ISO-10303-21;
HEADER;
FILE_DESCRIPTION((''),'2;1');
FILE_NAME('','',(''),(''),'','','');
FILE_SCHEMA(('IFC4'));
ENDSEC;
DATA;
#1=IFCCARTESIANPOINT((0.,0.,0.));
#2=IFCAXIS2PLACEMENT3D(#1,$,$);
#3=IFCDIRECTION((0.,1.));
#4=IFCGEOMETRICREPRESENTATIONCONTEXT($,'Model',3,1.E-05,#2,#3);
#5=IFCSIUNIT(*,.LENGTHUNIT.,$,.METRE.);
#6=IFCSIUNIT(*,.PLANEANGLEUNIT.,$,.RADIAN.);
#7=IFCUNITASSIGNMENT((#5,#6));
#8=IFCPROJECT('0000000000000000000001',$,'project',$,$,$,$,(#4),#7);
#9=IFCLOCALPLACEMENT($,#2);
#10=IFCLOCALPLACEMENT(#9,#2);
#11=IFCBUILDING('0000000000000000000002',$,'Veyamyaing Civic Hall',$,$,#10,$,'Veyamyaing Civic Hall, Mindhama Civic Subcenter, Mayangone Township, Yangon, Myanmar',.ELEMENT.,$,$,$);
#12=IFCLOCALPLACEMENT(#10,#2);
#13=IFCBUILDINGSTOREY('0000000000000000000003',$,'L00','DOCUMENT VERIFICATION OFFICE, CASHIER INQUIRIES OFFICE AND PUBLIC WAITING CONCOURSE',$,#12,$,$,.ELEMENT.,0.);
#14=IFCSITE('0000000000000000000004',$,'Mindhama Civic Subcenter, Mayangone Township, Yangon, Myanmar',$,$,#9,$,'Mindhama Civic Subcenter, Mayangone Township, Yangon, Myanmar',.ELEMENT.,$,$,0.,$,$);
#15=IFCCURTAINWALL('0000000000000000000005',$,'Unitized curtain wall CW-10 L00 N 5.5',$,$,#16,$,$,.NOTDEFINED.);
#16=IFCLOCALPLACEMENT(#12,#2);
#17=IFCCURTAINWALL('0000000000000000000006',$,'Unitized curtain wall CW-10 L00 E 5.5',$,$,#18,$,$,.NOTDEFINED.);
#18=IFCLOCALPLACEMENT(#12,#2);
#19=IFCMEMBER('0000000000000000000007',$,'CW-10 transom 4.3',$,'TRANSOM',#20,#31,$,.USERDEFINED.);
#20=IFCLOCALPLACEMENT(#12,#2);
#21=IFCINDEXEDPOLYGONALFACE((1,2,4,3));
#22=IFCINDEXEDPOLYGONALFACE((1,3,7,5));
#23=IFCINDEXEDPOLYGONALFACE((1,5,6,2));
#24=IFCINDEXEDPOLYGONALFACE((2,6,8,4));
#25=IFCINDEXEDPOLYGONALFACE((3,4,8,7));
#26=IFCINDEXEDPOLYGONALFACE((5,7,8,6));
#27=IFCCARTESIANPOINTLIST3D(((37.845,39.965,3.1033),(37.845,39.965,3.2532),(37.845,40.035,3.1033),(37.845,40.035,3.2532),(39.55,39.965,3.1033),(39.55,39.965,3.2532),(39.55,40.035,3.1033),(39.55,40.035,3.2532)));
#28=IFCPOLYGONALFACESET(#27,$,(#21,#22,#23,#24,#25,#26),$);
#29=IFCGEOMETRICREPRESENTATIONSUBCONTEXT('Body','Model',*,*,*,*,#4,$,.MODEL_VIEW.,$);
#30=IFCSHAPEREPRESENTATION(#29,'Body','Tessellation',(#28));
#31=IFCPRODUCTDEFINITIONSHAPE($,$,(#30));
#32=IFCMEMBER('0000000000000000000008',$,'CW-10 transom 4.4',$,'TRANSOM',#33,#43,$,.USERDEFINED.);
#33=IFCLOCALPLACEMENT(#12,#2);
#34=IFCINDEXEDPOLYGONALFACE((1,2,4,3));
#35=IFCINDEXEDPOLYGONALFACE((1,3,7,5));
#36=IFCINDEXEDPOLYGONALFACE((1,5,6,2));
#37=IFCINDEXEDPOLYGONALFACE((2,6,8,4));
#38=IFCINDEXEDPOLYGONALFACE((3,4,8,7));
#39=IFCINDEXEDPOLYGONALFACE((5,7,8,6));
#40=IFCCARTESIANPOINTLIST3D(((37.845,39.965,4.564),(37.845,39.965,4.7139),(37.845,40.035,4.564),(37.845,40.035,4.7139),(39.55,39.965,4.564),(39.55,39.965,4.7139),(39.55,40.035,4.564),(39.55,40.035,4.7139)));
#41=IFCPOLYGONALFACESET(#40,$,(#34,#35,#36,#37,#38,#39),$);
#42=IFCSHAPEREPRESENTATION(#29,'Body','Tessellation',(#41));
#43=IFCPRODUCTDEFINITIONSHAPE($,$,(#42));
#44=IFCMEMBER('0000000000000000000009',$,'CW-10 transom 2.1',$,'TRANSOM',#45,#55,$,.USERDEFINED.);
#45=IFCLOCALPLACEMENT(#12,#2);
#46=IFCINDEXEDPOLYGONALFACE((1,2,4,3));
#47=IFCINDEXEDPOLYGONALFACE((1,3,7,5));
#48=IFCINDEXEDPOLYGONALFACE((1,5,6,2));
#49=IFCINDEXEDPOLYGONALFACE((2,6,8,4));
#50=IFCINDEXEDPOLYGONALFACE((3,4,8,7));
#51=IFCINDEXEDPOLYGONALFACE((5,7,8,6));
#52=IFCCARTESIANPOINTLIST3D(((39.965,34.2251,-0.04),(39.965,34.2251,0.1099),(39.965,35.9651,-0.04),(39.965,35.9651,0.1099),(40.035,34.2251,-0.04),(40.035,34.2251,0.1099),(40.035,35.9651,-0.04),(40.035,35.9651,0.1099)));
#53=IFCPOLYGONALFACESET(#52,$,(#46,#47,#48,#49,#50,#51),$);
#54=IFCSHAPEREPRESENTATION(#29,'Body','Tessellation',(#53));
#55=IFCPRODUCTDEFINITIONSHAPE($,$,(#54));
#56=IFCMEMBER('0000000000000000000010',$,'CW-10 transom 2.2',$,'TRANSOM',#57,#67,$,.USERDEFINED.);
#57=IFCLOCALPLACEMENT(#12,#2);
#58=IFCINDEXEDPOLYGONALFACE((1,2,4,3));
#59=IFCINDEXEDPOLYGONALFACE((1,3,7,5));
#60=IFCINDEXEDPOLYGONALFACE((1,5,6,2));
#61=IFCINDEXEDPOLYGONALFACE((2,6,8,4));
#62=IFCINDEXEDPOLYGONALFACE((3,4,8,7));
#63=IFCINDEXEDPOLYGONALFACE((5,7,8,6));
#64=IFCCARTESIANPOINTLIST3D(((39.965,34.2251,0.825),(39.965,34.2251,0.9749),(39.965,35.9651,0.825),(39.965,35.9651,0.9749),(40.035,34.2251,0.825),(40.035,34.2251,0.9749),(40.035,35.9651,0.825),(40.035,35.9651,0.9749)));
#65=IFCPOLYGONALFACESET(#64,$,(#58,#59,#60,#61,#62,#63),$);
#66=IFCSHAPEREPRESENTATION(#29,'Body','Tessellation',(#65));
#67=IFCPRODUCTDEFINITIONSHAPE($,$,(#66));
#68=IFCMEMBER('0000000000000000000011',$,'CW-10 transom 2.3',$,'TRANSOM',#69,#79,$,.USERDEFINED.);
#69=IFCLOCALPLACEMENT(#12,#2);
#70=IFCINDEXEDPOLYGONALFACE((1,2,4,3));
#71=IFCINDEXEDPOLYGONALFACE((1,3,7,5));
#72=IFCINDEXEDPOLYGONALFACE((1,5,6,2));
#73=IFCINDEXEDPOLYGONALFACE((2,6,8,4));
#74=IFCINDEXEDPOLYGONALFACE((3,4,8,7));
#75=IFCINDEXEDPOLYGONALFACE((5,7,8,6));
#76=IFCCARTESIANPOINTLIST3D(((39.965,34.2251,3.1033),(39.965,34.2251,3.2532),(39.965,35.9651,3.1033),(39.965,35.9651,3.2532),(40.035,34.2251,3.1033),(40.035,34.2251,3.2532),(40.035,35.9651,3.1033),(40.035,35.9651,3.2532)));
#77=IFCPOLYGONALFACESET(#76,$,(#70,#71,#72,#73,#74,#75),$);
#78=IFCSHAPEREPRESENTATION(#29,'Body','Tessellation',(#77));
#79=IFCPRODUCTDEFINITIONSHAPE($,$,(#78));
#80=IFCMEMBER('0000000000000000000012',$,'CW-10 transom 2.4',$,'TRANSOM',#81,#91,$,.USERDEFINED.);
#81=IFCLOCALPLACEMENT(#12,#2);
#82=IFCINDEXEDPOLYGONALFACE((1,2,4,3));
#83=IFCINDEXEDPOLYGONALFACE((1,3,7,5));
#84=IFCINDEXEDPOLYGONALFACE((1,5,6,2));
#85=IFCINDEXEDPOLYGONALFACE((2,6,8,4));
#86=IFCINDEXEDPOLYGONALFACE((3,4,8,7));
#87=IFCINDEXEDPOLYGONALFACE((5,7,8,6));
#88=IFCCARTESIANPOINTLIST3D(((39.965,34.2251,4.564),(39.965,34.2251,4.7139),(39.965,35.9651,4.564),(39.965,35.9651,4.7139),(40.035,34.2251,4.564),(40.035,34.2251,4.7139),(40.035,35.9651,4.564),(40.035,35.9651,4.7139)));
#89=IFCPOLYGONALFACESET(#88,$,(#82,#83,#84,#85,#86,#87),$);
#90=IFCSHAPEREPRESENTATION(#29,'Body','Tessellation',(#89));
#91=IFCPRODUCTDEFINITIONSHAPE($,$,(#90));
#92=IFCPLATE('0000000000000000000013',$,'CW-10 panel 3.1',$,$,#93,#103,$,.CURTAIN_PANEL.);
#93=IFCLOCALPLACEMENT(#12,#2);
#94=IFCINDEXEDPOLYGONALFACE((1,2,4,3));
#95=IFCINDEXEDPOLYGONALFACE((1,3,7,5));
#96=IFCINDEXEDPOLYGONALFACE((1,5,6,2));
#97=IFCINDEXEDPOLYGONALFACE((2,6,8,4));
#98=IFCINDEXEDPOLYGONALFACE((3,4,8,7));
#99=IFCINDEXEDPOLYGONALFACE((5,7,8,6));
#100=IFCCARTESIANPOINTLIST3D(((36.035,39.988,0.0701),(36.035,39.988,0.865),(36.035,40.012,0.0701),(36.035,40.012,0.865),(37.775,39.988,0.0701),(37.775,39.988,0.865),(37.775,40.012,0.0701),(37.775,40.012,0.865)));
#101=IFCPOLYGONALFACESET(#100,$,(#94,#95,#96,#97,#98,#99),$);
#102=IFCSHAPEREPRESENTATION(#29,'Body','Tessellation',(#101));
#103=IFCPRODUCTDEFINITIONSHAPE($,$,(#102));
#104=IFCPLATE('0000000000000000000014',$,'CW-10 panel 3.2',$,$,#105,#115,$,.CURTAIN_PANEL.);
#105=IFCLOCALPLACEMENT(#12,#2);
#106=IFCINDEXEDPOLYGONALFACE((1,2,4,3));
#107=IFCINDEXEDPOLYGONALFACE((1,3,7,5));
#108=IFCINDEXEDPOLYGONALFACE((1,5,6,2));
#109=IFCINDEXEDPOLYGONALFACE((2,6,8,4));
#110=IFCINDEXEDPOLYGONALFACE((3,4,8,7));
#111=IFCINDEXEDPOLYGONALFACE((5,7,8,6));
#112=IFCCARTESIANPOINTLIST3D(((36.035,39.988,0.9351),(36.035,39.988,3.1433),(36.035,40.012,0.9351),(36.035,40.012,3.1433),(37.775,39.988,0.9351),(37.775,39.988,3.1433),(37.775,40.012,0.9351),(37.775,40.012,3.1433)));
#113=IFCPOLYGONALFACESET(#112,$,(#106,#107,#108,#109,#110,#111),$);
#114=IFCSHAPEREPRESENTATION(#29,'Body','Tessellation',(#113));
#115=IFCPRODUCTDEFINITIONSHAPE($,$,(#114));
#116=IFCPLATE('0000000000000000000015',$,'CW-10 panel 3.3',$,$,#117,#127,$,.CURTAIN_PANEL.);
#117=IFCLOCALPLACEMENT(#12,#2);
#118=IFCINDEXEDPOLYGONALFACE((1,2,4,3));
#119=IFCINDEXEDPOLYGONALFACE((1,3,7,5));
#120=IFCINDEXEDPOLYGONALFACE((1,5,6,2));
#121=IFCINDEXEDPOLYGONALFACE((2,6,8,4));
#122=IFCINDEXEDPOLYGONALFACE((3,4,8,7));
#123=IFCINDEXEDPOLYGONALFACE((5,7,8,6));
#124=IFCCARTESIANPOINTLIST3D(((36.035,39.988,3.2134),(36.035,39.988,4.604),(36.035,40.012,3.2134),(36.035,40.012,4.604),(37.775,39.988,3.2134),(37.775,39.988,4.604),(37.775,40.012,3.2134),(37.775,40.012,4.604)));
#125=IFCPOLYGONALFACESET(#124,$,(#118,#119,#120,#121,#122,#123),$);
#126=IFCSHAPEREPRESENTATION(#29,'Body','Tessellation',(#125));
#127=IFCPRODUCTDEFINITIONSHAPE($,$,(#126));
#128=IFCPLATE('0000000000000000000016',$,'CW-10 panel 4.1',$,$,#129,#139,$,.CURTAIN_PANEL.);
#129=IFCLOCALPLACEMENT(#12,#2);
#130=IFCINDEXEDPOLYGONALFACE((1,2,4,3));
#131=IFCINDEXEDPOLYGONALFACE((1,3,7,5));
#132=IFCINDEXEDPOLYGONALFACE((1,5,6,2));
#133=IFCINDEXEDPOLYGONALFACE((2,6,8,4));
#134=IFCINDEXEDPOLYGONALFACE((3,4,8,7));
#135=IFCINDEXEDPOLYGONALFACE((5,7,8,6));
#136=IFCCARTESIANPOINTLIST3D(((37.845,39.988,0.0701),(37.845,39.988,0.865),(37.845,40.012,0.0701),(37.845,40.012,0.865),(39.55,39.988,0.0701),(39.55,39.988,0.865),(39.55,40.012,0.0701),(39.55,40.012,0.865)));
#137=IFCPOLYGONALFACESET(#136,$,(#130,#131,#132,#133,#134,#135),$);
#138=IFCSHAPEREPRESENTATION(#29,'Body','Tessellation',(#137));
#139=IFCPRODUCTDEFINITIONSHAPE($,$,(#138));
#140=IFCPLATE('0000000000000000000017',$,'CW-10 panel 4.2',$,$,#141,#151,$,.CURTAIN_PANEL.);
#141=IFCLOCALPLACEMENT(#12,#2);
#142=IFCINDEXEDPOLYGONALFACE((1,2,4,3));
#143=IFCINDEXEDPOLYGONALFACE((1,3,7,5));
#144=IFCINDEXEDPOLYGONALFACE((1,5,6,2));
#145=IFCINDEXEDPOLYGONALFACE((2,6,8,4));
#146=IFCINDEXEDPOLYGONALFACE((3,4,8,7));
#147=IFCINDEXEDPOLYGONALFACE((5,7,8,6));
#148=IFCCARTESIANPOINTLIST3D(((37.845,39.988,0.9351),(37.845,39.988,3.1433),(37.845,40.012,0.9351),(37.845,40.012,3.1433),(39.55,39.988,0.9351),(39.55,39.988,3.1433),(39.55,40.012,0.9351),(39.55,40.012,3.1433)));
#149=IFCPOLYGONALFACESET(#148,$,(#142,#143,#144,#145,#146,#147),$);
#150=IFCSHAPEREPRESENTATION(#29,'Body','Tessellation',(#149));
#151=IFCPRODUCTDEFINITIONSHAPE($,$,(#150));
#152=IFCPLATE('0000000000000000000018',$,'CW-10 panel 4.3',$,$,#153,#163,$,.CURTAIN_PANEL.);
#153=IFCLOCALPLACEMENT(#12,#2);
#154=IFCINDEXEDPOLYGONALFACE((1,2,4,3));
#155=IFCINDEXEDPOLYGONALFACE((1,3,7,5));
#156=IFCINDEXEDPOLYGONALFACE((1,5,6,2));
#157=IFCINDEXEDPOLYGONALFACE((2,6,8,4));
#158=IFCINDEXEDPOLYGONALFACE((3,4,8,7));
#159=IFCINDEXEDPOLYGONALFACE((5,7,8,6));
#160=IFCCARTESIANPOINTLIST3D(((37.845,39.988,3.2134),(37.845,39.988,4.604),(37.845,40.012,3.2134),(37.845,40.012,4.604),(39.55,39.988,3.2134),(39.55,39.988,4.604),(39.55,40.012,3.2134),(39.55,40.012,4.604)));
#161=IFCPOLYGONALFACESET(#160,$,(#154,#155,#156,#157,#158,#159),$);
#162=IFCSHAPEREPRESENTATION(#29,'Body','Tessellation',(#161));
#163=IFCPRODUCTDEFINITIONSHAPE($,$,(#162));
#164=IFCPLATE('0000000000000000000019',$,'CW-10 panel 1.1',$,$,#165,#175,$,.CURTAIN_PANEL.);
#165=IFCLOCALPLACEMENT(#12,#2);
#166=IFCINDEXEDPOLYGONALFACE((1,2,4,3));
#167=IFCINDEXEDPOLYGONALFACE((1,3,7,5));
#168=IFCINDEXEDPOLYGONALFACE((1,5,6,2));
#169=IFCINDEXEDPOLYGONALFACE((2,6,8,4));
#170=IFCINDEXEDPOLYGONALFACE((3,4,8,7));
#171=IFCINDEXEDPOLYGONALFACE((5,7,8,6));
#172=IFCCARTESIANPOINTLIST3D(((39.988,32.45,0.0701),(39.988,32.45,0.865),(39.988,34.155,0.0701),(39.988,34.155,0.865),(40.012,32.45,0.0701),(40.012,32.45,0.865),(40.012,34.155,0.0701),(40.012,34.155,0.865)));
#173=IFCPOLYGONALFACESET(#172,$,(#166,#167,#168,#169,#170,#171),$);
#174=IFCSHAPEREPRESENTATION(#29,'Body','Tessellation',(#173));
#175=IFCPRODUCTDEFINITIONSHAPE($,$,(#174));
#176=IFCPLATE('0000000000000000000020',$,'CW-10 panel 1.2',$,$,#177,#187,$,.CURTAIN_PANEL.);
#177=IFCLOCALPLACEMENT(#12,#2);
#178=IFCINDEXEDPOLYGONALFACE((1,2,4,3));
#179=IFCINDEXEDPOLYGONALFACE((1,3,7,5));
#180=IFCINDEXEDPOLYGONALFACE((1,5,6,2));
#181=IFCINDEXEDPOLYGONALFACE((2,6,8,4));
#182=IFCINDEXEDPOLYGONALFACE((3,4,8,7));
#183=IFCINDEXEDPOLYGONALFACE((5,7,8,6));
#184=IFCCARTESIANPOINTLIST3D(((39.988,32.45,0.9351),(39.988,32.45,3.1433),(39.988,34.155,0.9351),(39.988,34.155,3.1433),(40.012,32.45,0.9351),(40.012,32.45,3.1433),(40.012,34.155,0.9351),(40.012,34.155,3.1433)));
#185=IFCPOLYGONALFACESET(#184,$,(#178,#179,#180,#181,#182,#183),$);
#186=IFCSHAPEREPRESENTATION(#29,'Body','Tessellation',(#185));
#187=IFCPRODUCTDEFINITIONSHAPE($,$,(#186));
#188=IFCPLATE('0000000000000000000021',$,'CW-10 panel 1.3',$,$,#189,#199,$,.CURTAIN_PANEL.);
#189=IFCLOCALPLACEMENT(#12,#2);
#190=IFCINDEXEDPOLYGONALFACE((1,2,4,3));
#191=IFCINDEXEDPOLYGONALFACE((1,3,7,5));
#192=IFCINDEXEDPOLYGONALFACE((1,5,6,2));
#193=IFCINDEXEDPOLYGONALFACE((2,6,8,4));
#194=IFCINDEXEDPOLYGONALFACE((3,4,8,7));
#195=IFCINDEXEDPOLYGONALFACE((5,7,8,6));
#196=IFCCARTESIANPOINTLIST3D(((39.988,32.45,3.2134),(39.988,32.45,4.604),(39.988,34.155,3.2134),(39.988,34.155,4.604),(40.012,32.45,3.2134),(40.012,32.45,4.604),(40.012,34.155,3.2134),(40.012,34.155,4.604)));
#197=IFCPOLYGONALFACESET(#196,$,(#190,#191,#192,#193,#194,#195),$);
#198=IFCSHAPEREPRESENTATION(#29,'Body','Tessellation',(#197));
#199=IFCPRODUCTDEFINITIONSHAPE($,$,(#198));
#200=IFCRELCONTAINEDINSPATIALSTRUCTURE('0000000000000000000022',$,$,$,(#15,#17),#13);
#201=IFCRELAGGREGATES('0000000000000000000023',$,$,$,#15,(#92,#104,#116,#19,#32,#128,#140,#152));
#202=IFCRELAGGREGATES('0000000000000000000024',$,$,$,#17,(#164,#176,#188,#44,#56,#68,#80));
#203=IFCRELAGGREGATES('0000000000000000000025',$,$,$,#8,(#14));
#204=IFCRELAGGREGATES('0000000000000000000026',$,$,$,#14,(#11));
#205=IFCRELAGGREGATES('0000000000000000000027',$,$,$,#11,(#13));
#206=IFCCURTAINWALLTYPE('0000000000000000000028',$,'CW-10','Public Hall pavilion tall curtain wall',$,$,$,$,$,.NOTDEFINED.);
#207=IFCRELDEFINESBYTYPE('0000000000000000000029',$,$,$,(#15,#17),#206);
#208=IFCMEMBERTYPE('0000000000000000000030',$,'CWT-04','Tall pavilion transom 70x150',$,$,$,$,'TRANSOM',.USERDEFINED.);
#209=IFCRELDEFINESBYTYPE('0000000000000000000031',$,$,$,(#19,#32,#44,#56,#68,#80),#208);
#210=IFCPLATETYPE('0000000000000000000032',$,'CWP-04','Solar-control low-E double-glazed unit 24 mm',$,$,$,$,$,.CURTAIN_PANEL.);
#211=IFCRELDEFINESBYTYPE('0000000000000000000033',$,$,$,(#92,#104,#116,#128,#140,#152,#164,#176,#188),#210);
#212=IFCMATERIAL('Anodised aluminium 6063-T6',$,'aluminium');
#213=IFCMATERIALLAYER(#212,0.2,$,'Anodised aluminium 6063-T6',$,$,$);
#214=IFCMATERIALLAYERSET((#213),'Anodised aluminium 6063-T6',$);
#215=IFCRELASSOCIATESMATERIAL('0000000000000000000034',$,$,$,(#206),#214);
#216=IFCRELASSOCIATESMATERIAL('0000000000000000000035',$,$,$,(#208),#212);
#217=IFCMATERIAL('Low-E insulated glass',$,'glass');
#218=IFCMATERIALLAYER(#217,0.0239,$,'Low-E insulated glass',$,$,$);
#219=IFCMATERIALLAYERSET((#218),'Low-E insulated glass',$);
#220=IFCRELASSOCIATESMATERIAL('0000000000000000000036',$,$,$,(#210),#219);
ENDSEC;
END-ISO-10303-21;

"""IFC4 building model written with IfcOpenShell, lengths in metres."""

from ifc_helpers import new_model, si_unit, direction, frame, origin, origin_2d, place, context, subcontext, project, spatial, rectangle, extrude, material, layer, layer_set, material_profile, profile_set, type_object, element, aggregate, save


model = new_model("IFC4")

# Units and contexts
model_context = context("Model", 3, precision=1e-05, world=origin(), true_north=direction((0.0, 1.0)))
body_context = subcontext(model_context, "Body", "Model", "MODEL_VIEW")
ifc_project = project(units=[si_unit("LENGTHUNIT", "METRE"), si_unit("PLANEANGLEUNIT", "RADIAN")], contexts=[model_context])

# Site, building, storey
site_placement = place(None, origin())
site = spatial("IfcSite", under=ifc_project, at=site_placement, Name="Mindhama Civic Subcenter, Mayangone Township, Yangon, Myanmar", LongName="Mindhama Civic Subcenter, Mayangone Township, Yangon, Myanmar", CompositionType="ELEMENT", RefElevation=0.0)
building_placement = place(site_placement, origin())
building = spatial("IfcBuilding", under=site, at=building_placement, Name="Veyamyaing Civic Hall", LongName="Veyamyaing Civic Hall, Mindhama Civic Subcenter, Mayangone Township, Yangon, Myanmar", CompositionType="ELEMENT")
storey_placement = place(building_placement, origin())
storey = spatial("IfcBuildingStorey", under=building, at=storey_placement, Name="L00", Description="DOCUMENT VERIFICATION OFFICE, CASHIER INQUIRIES OFFICE AND PUBLIC WAITING CONCOURSE", CompositionType="ELEMENT", Elevation=0.0)

# Shared definitions
ifc_material_1 = material(Name="Anodised aluminium 6063-T6", Category="aluminium")

# Curtain wall
ifc_layer_1 = layer(ifc_material_1, 0.2, Name="Anodised aluminium 6063-T6")
ifc_layer_set_1 = layer_set([ifc_layer_1], Name="Anodised aluminium 6063-T6")
curtain_wall_type_1 = type_object("IfcCurtainWallType", Name="CW-10", Description="Public Hall pavilion tall curtain wall", PredefinedType="NOTDEFINED", material=ifc_layer_set_1)
curtain_wall_1_placement = place(storey_placement, origin())
curtain_wall_1 = element("IfcCurtainWall", 1, at=curtain_wall_1_placement, inside=storey, type_object=curtain_wall_type_1, Name="Unitized curtain wall CW-10 L00 N 5.5", PredefinedType="NOTDEFINED")

# Curtain wall
curtain_wall_2_placement = place(storey_placement, origin())
curtain_wall_2 = element("IfcCurtainWall", 2, at=curtain_wall_2_placement, inside=storey, type_object=curtain_wall_type_1, Name="Unitized curtain wall CW-10 L00 E 5.5", PredefinedType="NOTDEFINED")

# Members
ifc_material_profile_1 = material_profile(ifc_material_1, rectangle(XDim=0.0701, YDim=0.1499, at=origin_2d()), Name="ALU-TRN-70X150")
ifc_profile_set_1 = profile_set([ifc_material_profile_1], Name="Anodised aluminium 6063-T6")
member_type_1 = type_object("IfcMemberType", Name="CWT-04", Description="Tall pavilion transom 70x150", ElementType="TRANSOM", PredefinedType="USERDEFINED", material=ifc_profile_set_1)
member_1_placement = place(storey_placement, frame((37.845, 40.0, 3.1782), z_axis=(1.0, 0.0, 0.0), x_axis=(0.0, 1.0, 0.0)))
member_1 = element("IfcMember", 3, at=member_1_placement, type_object=member_type_1, Name="CW-10 transom 4.3", ObjectType="TRANSOM", PredefinedType="USERDEFINED", context=body_context, shape_type="SweptSolid", body=[
    extrude(rectangle(XDim=0.0701, YDim=0.1499, at=origin_2d()), origin(), (0.0, 0.0, 1.0), 1.7051),
])
member_2_placement = place(storey_placement, frame((37.845, 40.0, 4.6389), z_axis=(1.0, 0.0, 0.0), x_axis=(0.0, 1.0, 0.0)))
member_2 = element("IfcMember", 4, at=member_2_placement, type_object=member_type_1, Name="CW-10 transom 4.4", ObjectType="TRANSOM", PredefinedType="USERDEFINED", context=body_context, shape_type="SweptSolid", body=[
    extrude(rectangle(XDim=0.0701, YDim=0.1499, at=origin_2d()), origin(), (0.0, 0.0, 1.0), 1.7051),
])
member_3_placement = place(storey_placement, frame((40.0, 34.2251, 0.0349), z_axis=(0.0, 1.0, 0.0), x_axis=(-1.0, 0.0, 0.0)))
member_3 = element("IfcMember", 5, at=member_3_placement, type_object=member_type_1, Name="CW-10 transom 2.1", ObjectType="TRANSOM", PredefinedType="USERDEFINED", context=body_context, shape_type="SweptSolid", body=[
    extrude(rectangle(XDim=0.0701, YDim=0.1499, at=origin_2d()), origin(), (0.0, 0.0, 1.0), 1.74),
])
member_4_placement = place(storey_placement, frame((40.0, 34.2251, 0.8999), z_axis=(0.0, 1.0, 0.0), x_axis=(-1.0, 0.0, 0.0)))
member_4 = element("IfcMember", 6, at=member_4_placement, type_object=member_type_1, Name="CW-10 transom 2.2", ObjectType="TRANSOM", PredefinedType="USERDEFINED", context=body_context, shape_type="SweptSolid", body=[
    extrude(rectangle(XDim=0.0701, YDim=0.1499, at=origin_2d()), origin(), (0.0, 0.0, 1.0), 1.74),
])
member_5_placement = place(storey_placement, frame((40.0, 34.2251, 3.1782), z_axis=(0.0, 1.0, 0.0), x_axis=(-1.0, 0.0, 0.0)))
member_5 = element("IfcMember", 7, at=member_5_placement, type_object=member_type_1, Name="CW-10 transom 2.3", ObjectType="TRANSOM", PredefinedType="USERDEFINED", context=body_context, shape_type="SweptSolid", body=[
    extrude(rectangle(XDim=0.0701, YDim=0.1499, at=origin_2d()), origin(), (0.0, 0.0, 1.0), 1.74),
])
member_6_placement = place(storey_placement, frame((40.0, 34.2251, 4.6389), z_axis=(0.0, 1.0, 0.0), x_axis=(-1.0, 0.0, 0.0)))
member_6 = element("IfcMember", 8, at=member_6_placement, type_object=member_type_1, Name="CW-10 transom 2.4", ObjectType="TRANSOM", PredefinedType="USERDEFINED", context=body_context, shape_type="SweptSolid", body=[
    extrude(rectangle(XDim=0.0701, YDim=0.1499, at=origin_2d()), origin(), (0.0, 0.0, 1.0), 1.74),
])

# Plates
ifc_material_2 = material(Name="Low-E insulated glass", Category="glass")
ifc_layer_2 = layer(ifc_material_2, 0.0239, Name="Low-E insulated glass")
ifc_layer_set_2 = layer_set([ifc_layer_2], Name="Low-E insulated glass")
plate_type_1 = type_object("IfcPlateType", Name="CWP-04", Description="Solar-control low-E double-glazed unit 24 mm", PredefinedType="CURTAIN_PANEL", material=ifc_layer_set_2)
plate_1_placement = place(storey_placement, frame((36.905, 40.0, 0.0701), z_axis=(0.0, 0.0, 1.0), x_axis=(1.0, 0.0, 0.0)))
plate_1 = element("IfcPlate", 9, at=plate_1_placement, type_object=plate_type_1, Name="CW-10 panel 3.1", PredefinedType="CURTAIN_PANEL", context=body_context, shape_type="SweptSolid", body=[
    extrude(rectangle(XDim=1.74, YDim=0.0239, at=origin_2d()), origin(), (0.0, 0.0, 1.0), 0.7949),
])
plate_2_placement = place(storey_placement, frame((36.905, 40.0, 0.9351), z_axis=(0.0, 0.0, 1.0), x_axis=(1.0, 0.0, 0.0)))
plate_2 = element("IfcPlate", 10, at=plate_2_placement, type_object=plate_type_1, Name="CW-10 panel 3.2", PredefinedType="CURTAIN_PANEL", context=body_context, shape_type="SweptSolid", body=[
    extrude(rectangle(XDim=1.74, YDim=0.0239, at=origin_2d()), origin(), (0.0, 0.0, 1.0), 2.2083),
])
plate_3_placement = place(storey_placement, frame((36.905, 40.0, 3.2134), z_axis=(0.0, 0.0, 1.0), x_axis=(1.0, 0.0, 0.0)))
plate_3 = element("IfcPlate", 11, at=plate_3_placement, type_object=plate_type_1, Name="CW-10 panel 3.3", PredefinedType="CURTAIN_PANEL", context=body_context, shape_type="SweptSolid", body=[
    extrude(rectangle(XDim=1.74, YDim=0.0239, at=origin_2d()), origin(), (0.0, 0.0, 1.0), 1.3906),
])
plate_4_placement = place(storey_placement, frame((38.6975, 40.0, 0.0701), z_axis=(0.0, 0.0, 1.0), x_axis=(1.0, 0.0, 0.0)))
plate_4 = element("IfcPlate", 12, at=plate_4_placement, type_object=plate_type_1, Name="CW-10 panel 4.1", PredefinedType="CURTAIN_PANEL", context=body_context, shape_type="SweptSolid", body=[
    extrude(rectangle(XDim=1.7051, YDim=0.0239, at=origin_2d()), origin(), (0.0, 0.0, 1.0), 0.7949),
])
plate_5_placement = place(storey_placement, frame((38.6975, 40.0, 0.9351), z_axis=(0.0, 0.0, 1.0), x_axis=(1.0, 0.0, 0.0)))
plate_5 = element("IfcPlate", 13, at=plate_5_placement, type_object=plate_type_1, Name="CW-10 panel 4.2", PredefinedType="CURTAIN_PANEL", context=body_context, shape_type="SweptSolid", body=[
    extrude(rectangle(XDim=1.7051, YDim=0.0239, at=origin_2d()), origin(), (0.0, 0.0, 1.0), 2.2083),
])
plate_6_placement = place(storey_placement, frame((38.6975, 40.0, 3.2134), z_axis=(0.0, 0.0, 1.0), x_axis=(1.0, 0.0, 0.0)))
plate_6 = element("IfcPlate", 14, at=plate_6_placement, type_object=plate_type_1, Name="CW-10 panel 4.3", PredefinedType="CURTAIN_PANEL", context=body_context, shape_type="SweptSolid", body=[
    extrude(rectangle(XDim=1.7051, YDim=0.0239, at=origin_2d()), origin(), (0.0, 0.0, 1.0), 1.3906),
])
aggregate(curtain_wall_1, [plate_1, plate_2, plate_3, member_1, member_2, plate_4, plate_5, plate_6])
plate_7_placement = place(storey_placement, frame((40.0, 33.3025, 0.0701), z_axis=(0.0, 0.0, 1.0), x_axis=(0.0, 1.0, 0.0)))
plate_7 = element("IfcPlate", 15, at=plate_7_placement, type_object=plate_type_1, Name="CW-10 panel 1.1", PredefinedType="CURTAIN_PANEL", context=body_context, shape_type="SweptSolid", body=[
    extrude(rectangle(XDim=1.7051, YDim=0.0239, at=origin_2d()), origin(), (0.0, 0.0, 1.0), 0.7949),
])
plate_8_placement = place(storey_placement, frame((40.0, 33.3025, 0.9351), z_axis=(0.0, 0.0, 1.0), x_axis=(0.0, 1.0, 0.0)))
plate_8 = element("IfcPlate", 16, at=plate_8_placement, type_object=plate_type_1, Name="CW-10 panel 1.2", PredefinedType="CURTAIN_PANEL", context=body_context, shape_type="SweptSolid", body=[
    extrude(rectangle(XDim=1.7051, YDim=0.0239, at=origin_2d()), origin(), (0.0, 0.0, 1.0), 2.2083),
])
plate_9_placement = place(storey_placement, frame((40.0, 33.3025, 3.2134), z_axis=(0.0, 0.0, 1.0), x_axis=(0.0, 1.0, 0.0)))
plate_9 = element("IfcPlate", 17, at=plate_9_placement, type_object=plate_type_1, Name="CW-10 panel 1.3", PredefinedType="CURTAIN_PANEL", context=body_context, shape_type="SweptSolid", body=[
    extrude(rectangle(XDim=1.7051, YDim=0.0239, at=origin_2d()), origin(), (0.0, 0.0, 1.0), 1.3906),
])
aggregate(curtain_wall_2, [plate_7, plate_8, plate_9, member_3, member_4, member_5, member_6])

save(model, "model.ifc")
